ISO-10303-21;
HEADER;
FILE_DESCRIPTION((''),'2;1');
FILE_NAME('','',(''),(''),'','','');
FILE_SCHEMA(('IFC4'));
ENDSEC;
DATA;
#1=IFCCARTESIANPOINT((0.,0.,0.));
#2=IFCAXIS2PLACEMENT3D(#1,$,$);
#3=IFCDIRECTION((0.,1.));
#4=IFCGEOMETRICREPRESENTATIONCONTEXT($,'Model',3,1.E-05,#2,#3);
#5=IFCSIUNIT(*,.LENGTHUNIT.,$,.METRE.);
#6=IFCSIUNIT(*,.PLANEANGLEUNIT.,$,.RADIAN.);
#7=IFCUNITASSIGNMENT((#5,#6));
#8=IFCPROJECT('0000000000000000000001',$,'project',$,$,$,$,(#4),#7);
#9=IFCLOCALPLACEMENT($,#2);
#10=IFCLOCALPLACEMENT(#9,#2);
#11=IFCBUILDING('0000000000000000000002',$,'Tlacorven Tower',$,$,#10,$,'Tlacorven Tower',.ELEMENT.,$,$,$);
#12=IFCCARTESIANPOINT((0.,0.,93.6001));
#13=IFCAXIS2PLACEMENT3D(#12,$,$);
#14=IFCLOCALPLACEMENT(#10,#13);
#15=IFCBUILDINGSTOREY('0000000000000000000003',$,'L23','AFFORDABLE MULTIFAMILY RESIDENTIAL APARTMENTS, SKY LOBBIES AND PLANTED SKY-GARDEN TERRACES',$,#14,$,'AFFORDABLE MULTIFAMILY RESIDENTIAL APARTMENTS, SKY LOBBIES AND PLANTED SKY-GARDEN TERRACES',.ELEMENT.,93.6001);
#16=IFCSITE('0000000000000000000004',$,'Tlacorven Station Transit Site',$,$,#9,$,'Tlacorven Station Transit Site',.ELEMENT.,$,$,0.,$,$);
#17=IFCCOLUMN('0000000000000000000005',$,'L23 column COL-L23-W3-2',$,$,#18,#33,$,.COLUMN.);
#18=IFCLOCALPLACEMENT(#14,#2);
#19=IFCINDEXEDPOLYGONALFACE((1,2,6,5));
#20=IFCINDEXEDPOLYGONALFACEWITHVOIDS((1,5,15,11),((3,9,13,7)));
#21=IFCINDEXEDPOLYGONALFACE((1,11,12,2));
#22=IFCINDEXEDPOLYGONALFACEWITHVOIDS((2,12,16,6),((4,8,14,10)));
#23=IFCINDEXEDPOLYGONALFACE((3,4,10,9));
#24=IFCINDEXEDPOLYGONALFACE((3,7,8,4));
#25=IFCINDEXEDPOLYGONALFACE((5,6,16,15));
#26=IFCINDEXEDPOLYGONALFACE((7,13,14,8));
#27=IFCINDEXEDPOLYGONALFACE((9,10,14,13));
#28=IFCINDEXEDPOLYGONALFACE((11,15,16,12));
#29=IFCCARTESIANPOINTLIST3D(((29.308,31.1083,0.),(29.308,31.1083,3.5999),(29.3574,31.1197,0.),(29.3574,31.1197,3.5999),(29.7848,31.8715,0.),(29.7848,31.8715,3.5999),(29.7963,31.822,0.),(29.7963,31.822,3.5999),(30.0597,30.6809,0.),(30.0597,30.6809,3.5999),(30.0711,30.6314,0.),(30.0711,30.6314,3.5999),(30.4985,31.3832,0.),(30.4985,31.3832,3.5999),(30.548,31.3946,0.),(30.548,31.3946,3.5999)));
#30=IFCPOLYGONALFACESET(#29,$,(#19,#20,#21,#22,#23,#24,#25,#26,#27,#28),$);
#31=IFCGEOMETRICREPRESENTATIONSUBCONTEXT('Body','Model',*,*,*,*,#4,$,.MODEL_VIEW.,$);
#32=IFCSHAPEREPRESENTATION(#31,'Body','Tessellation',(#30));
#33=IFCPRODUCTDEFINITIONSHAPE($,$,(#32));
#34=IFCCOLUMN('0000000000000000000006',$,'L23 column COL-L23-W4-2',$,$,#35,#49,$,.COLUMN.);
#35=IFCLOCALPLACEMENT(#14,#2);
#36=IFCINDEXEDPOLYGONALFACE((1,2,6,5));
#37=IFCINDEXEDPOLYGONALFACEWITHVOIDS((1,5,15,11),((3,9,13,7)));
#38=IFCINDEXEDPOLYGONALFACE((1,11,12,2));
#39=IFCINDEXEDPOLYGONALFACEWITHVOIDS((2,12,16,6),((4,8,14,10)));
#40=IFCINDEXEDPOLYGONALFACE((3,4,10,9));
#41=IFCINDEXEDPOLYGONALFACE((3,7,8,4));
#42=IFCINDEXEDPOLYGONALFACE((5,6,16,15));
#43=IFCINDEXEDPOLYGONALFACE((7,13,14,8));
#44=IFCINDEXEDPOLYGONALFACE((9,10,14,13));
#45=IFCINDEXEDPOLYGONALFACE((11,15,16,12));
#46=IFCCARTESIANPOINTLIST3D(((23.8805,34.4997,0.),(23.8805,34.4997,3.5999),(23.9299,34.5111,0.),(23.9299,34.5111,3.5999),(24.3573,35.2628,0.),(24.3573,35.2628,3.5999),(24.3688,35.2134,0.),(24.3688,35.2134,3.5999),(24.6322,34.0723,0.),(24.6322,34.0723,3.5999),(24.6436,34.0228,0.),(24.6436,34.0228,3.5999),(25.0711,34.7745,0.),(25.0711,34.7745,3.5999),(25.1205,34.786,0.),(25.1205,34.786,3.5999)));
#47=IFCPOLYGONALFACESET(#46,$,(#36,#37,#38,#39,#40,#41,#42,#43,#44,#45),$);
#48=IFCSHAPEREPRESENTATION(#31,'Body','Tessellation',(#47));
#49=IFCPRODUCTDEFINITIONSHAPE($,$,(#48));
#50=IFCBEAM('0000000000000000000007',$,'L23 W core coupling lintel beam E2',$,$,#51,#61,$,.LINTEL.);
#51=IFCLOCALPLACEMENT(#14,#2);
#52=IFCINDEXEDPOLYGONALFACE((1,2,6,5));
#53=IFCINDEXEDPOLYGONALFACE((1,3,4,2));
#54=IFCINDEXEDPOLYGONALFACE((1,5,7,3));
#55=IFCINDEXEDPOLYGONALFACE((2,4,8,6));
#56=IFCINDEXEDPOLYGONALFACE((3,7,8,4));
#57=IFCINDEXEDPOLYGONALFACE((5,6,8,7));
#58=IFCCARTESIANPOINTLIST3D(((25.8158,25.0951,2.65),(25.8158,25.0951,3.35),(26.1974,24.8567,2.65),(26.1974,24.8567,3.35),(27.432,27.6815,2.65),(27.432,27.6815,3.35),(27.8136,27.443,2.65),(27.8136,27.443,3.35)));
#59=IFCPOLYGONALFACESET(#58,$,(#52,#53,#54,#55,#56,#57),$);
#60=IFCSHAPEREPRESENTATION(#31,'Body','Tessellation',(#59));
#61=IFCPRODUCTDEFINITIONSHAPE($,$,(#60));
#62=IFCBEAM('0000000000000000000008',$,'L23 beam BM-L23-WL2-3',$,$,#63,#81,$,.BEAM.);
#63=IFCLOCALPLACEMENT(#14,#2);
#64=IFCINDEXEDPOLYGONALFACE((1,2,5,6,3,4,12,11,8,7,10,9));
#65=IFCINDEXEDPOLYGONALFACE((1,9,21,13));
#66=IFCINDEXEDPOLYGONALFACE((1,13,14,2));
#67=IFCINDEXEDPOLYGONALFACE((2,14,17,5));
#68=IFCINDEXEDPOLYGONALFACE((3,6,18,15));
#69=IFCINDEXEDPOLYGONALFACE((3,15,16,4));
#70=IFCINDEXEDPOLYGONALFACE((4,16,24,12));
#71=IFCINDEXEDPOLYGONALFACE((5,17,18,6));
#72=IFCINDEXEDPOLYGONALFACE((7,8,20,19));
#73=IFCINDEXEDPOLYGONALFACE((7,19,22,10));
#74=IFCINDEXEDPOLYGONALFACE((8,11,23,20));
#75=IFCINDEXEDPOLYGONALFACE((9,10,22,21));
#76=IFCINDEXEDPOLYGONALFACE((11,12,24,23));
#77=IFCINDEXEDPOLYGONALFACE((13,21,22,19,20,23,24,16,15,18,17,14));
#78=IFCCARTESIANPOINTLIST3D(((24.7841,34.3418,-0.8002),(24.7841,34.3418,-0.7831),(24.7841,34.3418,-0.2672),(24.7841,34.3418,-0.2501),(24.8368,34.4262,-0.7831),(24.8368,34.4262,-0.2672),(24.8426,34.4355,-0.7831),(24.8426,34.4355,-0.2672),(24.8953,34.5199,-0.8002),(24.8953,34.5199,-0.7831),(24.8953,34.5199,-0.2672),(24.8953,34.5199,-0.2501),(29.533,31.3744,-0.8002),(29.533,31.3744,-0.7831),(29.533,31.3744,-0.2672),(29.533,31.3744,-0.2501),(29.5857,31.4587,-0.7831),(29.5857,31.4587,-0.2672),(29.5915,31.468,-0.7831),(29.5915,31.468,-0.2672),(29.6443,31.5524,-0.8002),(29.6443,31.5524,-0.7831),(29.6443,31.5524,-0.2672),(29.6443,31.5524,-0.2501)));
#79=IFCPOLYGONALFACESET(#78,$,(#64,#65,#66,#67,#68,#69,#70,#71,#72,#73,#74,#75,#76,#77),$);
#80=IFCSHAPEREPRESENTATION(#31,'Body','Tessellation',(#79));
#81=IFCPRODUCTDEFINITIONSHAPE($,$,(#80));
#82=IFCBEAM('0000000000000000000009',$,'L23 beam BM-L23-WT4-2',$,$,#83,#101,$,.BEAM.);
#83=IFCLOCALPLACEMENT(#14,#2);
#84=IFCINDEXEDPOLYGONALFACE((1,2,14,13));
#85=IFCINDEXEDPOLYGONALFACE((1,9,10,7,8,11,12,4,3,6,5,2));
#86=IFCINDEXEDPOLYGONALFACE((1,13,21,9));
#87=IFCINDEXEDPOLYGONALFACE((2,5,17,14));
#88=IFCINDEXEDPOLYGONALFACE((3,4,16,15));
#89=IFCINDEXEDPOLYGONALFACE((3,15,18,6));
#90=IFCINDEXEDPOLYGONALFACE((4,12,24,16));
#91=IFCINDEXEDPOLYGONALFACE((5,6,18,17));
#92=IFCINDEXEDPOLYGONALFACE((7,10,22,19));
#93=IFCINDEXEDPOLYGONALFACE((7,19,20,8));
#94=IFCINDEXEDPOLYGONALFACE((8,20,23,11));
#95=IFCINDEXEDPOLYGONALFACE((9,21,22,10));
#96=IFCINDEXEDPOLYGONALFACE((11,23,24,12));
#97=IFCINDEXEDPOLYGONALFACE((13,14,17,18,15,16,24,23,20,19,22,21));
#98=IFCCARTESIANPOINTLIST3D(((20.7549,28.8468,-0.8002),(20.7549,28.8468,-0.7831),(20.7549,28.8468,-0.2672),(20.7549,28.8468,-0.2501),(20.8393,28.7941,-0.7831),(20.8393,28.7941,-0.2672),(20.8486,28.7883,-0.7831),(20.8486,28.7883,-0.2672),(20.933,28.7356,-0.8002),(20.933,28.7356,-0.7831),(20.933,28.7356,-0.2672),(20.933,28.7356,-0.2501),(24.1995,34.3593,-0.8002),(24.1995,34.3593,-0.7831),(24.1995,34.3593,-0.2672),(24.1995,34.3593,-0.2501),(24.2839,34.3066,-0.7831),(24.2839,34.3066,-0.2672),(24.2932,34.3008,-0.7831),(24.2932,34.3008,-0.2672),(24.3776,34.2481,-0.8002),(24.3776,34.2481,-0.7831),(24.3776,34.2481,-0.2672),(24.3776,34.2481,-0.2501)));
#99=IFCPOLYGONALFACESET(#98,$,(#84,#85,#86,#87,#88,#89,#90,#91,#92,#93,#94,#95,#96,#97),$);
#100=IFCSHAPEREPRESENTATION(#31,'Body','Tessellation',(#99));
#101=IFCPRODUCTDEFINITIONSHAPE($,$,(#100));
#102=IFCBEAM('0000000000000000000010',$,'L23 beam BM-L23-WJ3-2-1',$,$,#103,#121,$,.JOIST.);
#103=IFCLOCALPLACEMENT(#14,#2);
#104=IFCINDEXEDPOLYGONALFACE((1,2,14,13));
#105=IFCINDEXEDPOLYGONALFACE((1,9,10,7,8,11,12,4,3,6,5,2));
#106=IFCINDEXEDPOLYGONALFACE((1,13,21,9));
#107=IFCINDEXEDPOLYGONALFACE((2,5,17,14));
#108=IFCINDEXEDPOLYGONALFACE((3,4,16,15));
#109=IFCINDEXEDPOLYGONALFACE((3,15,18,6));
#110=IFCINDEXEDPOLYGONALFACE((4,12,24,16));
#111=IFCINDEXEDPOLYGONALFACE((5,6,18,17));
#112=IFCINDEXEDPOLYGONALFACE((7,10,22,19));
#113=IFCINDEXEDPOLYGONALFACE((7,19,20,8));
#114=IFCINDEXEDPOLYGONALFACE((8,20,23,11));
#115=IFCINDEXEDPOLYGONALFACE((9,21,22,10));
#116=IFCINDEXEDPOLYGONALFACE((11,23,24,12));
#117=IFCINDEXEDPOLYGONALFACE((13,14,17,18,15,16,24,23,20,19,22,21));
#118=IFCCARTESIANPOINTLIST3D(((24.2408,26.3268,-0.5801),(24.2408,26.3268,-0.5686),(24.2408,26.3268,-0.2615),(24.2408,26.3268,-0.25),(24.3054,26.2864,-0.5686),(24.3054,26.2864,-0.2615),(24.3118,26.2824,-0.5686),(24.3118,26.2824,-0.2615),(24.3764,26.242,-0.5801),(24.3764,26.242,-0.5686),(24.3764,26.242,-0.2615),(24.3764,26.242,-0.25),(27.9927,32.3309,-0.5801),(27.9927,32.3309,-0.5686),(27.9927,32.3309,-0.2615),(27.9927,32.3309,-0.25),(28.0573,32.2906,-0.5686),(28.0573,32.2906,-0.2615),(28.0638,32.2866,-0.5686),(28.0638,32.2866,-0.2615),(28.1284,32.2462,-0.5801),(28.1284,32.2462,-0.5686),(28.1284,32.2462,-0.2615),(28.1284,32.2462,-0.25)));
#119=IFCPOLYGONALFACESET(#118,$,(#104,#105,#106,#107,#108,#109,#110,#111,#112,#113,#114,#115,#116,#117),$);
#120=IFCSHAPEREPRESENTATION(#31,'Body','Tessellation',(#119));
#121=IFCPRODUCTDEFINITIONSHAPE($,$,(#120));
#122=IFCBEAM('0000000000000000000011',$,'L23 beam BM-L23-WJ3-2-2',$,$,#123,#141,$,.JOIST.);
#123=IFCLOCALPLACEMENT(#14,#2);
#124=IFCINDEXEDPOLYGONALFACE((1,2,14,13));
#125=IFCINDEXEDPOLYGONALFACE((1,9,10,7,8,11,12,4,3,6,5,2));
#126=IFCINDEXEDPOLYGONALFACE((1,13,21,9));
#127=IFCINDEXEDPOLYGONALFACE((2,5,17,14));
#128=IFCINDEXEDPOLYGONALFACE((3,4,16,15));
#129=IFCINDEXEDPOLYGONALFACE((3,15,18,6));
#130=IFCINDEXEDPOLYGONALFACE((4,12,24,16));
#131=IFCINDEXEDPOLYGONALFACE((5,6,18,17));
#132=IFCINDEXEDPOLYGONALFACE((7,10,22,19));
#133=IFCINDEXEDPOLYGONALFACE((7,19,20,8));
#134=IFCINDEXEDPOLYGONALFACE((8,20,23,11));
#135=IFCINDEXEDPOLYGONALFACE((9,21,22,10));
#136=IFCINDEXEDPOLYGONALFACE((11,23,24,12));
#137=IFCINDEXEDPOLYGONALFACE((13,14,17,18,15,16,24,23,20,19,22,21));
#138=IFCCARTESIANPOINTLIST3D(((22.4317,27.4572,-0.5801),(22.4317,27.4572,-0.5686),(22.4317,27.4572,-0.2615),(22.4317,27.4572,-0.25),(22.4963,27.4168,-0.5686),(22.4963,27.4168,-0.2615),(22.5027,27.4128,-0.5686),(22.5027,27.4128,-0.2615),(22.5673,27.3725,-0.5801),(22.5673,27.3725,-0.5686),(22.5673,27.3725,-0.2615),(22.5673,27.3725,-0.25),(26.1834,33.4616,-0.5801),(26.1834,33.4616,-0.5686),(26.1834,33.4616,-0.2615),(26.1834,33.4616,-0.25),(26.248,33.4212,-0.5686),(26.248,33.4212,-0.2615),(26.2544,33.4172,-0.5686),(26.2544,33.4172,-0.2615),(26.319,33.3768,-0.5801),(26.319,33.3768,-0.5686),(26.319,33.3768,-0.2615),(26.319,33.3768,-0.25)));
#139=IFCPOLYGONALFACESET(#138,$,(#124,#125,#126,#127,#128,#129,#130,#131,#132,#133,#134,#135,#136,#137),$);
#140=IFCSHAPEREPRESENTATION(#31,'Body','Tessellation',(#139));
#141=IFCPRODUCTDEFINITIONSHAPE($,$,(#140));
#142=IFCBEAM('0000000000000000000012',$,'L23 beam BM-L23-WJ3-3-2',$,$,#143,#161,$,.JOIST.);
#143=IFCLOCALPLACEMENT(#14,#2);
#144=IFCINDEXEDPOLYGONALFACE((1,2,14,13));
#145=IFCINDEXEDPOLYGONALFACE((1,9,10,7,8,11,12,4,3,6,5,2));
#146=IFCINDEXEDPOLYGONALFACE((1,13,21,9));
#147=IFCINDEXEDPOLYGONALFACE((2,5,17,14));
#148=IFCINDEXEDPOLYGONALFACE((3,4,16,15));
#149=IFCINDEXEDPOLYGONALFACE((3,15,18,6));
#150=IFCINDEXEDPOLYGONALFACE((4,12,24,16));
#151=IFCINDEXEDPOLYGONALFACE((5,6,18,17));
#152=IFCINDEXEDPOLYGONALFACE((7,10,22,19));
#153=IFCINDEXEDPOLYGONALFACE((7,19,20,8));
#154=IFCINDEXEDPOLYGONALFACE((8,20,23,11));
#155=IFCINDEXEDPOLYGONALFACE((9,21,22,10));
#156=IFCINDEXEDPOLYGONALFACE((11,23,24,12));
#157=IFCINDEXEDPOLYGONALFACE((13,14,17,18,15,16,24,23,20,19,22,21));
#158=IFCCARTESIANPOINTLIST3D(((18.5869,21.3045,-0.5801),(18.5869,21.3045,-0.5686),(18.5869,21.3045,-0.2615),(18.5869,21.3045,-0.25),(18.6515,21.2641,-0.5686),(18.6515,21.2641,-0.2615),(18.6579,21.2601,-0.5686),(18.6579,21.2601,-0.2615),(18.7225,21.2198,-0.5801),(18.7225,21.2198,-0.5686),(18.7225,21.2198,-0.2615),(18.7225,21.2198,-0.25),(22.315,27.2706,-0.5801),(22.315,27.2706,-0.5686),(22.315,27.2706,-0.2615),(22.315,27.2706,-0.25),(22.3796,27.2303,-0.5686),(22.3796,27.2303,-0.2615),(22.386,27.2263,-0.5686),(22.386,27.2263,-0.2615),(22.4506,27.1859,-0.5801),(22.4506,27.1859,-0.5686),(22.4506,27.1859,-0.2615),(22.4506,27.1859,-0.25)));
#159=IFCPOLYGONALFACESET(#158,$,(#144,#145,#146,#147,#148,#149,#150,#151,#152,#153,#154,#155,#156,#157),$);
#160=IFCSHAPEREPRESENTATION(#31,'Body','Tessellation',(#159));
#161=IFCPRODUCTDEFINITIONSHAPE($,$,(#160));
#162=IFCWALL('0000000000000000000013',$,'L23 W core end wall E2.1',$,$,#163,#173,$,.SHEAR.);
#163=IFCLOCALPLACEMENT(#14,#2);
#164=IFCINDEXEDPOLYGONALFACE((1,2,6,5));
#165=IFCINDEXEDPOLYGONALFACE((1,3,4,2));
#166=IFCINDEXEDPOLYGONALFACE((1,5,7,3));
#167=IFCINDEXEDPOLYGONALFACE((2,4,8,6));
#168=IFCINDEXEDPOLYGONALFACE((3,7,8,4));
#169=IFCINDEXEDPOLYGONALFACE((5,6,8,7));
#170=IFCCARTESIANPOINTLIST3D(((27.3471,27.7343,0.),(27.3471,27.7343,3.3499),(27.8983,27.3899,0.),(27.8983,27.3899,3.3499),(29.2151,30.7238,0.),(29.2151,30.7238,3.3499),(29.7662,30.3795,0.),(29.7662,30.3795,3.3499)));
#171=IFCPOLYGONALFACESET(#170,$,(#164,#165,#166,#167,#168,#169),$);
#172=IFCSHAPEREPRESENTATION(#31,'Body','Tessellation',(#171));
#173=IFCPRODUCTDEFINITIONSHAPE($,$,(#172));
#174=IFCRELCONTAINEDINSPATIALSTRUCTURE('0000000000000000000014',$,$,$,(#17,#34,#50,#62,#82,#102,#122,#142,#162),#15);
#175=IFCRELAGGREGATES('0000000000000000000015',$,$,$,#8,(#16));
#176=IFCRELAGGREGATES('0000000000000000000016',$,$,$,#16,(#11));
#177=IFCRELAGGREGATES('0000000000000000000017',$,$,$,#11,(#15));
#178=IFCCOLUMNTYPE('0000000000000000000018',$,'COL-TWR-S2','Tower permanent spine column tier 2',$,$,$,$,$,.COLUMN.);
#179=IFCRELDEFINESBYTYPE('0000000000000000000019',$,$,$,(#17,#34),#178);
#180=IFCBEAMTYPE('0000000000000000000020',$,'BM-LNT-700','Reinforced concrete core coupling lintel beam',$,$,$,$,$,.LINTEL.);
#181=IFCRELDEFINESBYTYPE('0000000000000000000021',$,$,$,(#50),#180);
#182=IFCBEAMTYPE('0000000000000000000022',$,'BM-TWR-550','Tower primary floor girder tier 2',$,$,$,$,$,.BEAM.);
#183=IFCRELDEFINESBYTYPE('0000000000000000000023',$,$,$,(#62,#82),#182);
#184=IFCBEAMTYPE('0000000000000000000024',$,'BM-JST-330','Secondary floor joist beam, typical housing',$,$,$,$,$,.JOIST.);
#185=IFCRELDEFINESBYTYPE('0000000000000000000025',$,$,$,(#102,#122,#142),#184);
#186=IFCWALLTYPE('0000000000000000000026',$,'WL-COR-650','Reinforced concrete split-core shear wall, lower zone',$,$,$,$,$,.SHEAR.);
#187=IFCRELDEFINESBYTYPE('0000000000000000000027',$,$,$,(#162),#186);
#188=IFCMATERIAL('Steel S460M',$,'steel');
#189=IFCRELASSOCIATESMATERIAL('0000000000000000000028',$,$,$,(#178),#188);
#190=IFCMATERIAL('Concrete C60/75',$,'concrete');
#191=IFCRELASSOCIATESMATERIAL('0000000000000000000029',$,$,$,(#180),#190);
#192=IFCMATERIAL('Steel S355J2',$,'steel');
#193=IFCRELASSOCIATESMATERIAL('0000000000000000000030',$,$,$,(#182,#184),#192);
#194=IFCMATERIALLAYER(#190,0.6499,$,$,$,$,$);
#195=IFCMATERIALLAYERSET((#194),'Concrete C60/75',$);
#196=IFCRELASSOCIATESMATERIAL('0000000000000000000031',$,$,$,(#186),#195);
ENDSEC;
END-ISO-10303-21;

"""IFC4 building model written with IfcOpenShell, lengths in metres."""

from ifc_helpers import new_model, si_unit, direction, frame, frame_2d, origin, origin_2d, place, context, subcontext, project, spatial, rectangle, hollow_rectangle, i_section, extrude, source, transform, mapped, material, layer, layer_set, material_profile, profile_set, type_object, element, save


model = new_model("IFC4")

# Units and contexts
model_context = context("Model", 3, precision=1e-05, world=origin(), true_north=direction((0.0, 1.0)))
body_context = subcontext(model_context, "Body", "Model", "MODEL_VIEW")
ifc_project = project(units=[si_unit("LENGTHUNIT", "METRE"), si_unit("PLANEANGLEUNIT", "RADIAN")], contexts=[model_context])

# Site, building, storey
site_placement = place(None, origin())
site = spatial("IfcSite", under=ifc_project, at=site_placement, Name="Tlacorven Station Transit Site", LongName="Tlacorven Station Transit Site", CompositionType="ELEMENT", RefElevation=0.0)
building_placement = place(site_placement, origin())
building = spatial("IfcBuilding", under=site, at=building_placement, Name="Tlacorven Tower", LongName="Tlacorven Tower", CompositionType="ELEMENT")
storey_placement = place(building_placement, frame((0.0, 0.0, 93.6001)))
storey = spatial("IfcBuildingStorey", under=building, at=storey_placement, Name="L23", Description="AFFORDABLE MULTIFAMILY RESIDENTIAL APARTMENTS, SKY LOBBIES AND PLANTED SKY-GARDEN TERRACES", LongName="AFFORDABLE MULTIFAMILY RESIDENTIAL APARTMENTS, SKY LOBBIES AND PLANTED SKY-GARDEN TERRACES", CompositionType="ELEMENT", Elevation=93.6001)

# Columns
ifc_material_1 = material(Name="Steel S460M", Category="steel")
ifc_material_profile_1 = material_profile(ifc_material_1, hollow_rectangle(XDim=0.8999, YDim=0.8999, WallThickness=0.0359, at=origin_2d()), Name="BOX 900X900X36")
ifc_profile_set_1 = profile_set([ifc_material_profile_1], Name="Steel S460M")
column_type = type_object("IfcColumnType", Name="COL-TWR-S2", Description="Tower permanent spine column tier 2", PredefinedType="COLUMN", material=ifc_profile_set_1)
shared_shape_1 = source(origin(), body_context, "Body", "SweptSolid", [
    extrude(hollow_rectangle(XDim=0.8999, YDim=0.8999, WallThickness=0.0359, at=origin_2d()), origin(), (0.0, 0.0, 1.0), 3.5999),
])
for number, where, z_axis, x_axis, name in (
    (1, (29.928, 31.2515, 0.0), (0.0, 0.0, 1.0), (-0.848048, 0.529919, 0.0), "L23 column COL-L23-W3-2"),
    (2, (24.5005, 34.6428, 0.0), (0.0, 0.0, 1.0), (-0.848048, 0.529919, 0.0), "L23 column COL-L23-W4-2"),
):
    element("IfcColumn", number, at=place(storey_placement, frame(where, z_axis=z_axis, x_axis=x_axis)), inside=storey, type_object=column_type, Name=name, PredefinedType="COLUMN", context=body_context, shape_type="MappedRepresentation", body=[
        mapped(shared_shape_1, transform((0.0, 0.0, 0.0), scale=1.0)),
    ])

# Beams
ifc_material_2 = material(Name="Concrete C60/75", Category="concrete")
ifc_material_profile_2 = material_profile(ifc_material_2, rectangle(XDim=0.45, YDim=0.7, at=origin_2d()), Name="RC 450X700")
ifc_profile_set_2 = profile_set([ifc_material_profile_2], Name="Concrete C60/75")
beam_type_1 = type_object("IfcBeamType", Name="BM-LNT-700", Description="Reinforced concrete core coupling lintel beam", PredefinedType="LINTEL", material=ifc_profile_set_2)
shared_shape_2 = source(origin(), body_context, "Body", "SweptSolid", [
    extrude(rectangle(XDim=0.45, YDim=0.7, at=origin_2d()), origin(), (0.0, 0.0, 1.0), 3.0498),
])
beam_1_placement = place(storey_placement, frame((27.6228, 27.5623, 3.0), z_axis=(-0.529927, -0.848043, 0.0), x_axis=(0.848043, -0.529927, 0.0)))
element("IfcBeam", 3, at=beam_1_placement, inside=storey, type_object=beam_type_1, Name="L23 W core coupling lintel beam E2", PredefinedType="LINTEL", context=body_context, shape_type="MappedRepresentation", body=[
    mapped(shared_shape_2, transform((0.0, 0.0, 0.0), scale=1.0)),
])
ifc_material_3 = material(Name="Steel S355J2", Category="steel")
ifc_material_profile_3 = material_profile(ifc_material_3, i_section(OverallWidth=0.21, OverallDepth=0.55, WebThickness=0.011, FlangeThickness=0.0171, at=origin_2d()), Name="IPE 550")
ifc_profile_set_3 = profile_set([ifc_material_profile_3], Name="Steel S355J2")
beam_type_2 = type_object("IfcBeamType", Name="BM-TWR-550", Description="Tower primary floor girder tier 2", PredefinedType="BEAM", material=ifc_profile_set_3)
shared_shape_3 = source(origin(), body_context, "Body", "SweptSolid", [
    extrude(i_section(OverallWidth=0.21, OverallDepth=0.55, WebThickness=0.011, FlangeThickness=0.0171, at=origin_2d()), origin(), (0.0, 0.0, 1.0), 5.5999),
])
beam_2_placement = place(storey_placement, frame((29.5886, 31.4634, -0.5251), z_axis=(-0.848047, 0.529921, 0.0), x_axis=(-0.529921, -0.848047, 0.0)))
element("IfcBeam", 4, at=beam_2_placement, inside=storey, type_object=beam_type_2, Name="L23 beam BM-L23-WL2-3", PredefinedType="BEAM", context=body_context, shape_type="MappedRepresentation", body=[
    mapped(shared_shape_3, transform((0.0, 0.0, 0.0), scale=1.0)),
])
shared_shape_4 = source(origin(), body_context, "Body", "SweptSolid", [
    extrude(i_section(OverallWidth=0.21, OverallDepth=0.55, WebThickness=0.011, FlangeThickness=0.0171, at=origin_2d()), origin(), (0.0, 0.0, 1.0), 6.5002),
])
beam_3_placement = place(storey_placement, frame((24.2886, 34.3037, -0.5251), z_axis=(-0.529921, -0.848047, 0.0), x_axis=(0.848047, -0.529921, 0.0)))
element("IfcBeam", 5, at=beam_3_placement, inside=storey, type_object=beam_type_2, Name="L23 beam BM-L23-WT4-2", PredefinedType="BEAM", context=body_context, shape_type="MappedRepresentation", body=[
    mapped(shared_shape_4, transform((0.0, 0.0, 0.0), scale=1.0)),
])
ifc_material_profile_4 = material_profile(ifc_material_3, i_section(OverallWidth=0.1599, OverallDepth=0.3301, WebThickness=0.0076, FlangeThickness=0.0115, at=origin_2d()), Name="IPE 330")
ifc_profile_set_4 = profile_set([ifc_material_profile_4], Name="Steel S355J2")
beam_type_3 = type_object("IfcBeamType", Name="BM-JST-330", Description="Secondary floor joist beam, typical housing", PredefinedType="JOIST", material=ifc_profile_set_4)
shared_shape_5 = source(origin(), body_context, "Body", "SweptSolid", [
    extrude(i_section(OverallWidth=0.1599, OverallDepth=0.3301, WebThickness=0.0076, FlangeThickness=0.0115, at=origin_2d()), origin(), (0.0, 0.0, 1.0), 7.0801),
])
for number, where, z_axis, x_axis, name in (
    (6, (28.0605, 32.2886, -0.415), (-0.529934, -0.848039, 0.0), (0.848039, -0.529934, 0.0), "L23 beam BM-L23-WJ3-2-1"),
    (7, (26.2512, 33.4192, -0.415), (-0.529894, -0.848064, 0.0), (0.848064, -0.529894, 0.0), "L23 beam BM-L23-WJ3-2-2"),
):
    element("IfcBeam", number, at=place(storey_placement, frame(where, z_axis=z_axis, x_axis=x_axis)), inside=storey, type_object=beam_type_3, Name=name, PredefinedType="JOIST", context=body_context, shape_type="MappedRepresentation", body=[
        mapped(shared_shape_5, transform((0.0, 0.0, 0.0), scale=1.0)),
    ])
shared_shape_6 = source(origin(), body_context, "Body", "SweptSolid", [
    extrude(i_section(OverallWidth=0.1599, OverallDepth=0.3301, WebThickness=0.0076, FlangeThickness=0.0115, at=origin_2d()), origin(), (0.0, 0.0, 1.0), 7.0352),
])
beam_4_placement = place(storey_placement, frame((22.3828, 27.2283, -0.415), z_axis=(-0.529921, -0.848047, 0.0), x_axis=(0.848047, -0.529921, 0.0)))
element("IfcBeam", 8, at=beam_4_placement, inside=storey, type_object=beam_type_3, Name="L23 beam BM-L23-WJ3-3-2", PredefinedType="JOIST", context=body_context, shape_type="MappedRepresentation", body=[
    mapped(shared_shape_6, transform((0.0, 0.0, 0.0), scale=1.0)),
])

# Wall
ifc_layer_1 = layer(ifc_material_2, 0.6499)
ifc_layer_set_1 = layer_set([ifc_layer_1], Name="Concrete C60/75")
wall_type_1 = type_object("IfcWallType", Name="WL-COR-650", Description="Reinforced concrete split-core shear wall, lower zone", PredefinedType="SHEAR", material=ifc_layer_set_1)
wall_1_placement = place(storey_placement, frame((29.4907, 30.5518, 0.0), z_axis=(0.0, 0.0, 1.0), x_axis=(-0.529893, -0.848064, 0.0)))
element("IfcWall", 9, at=wall_1_placement, inside=storey, type_object=wall_type_1, Name="L23 W core end wall E2.1", PredefinedType="SHEAR", context=body_context, shape_type="SweptSolid", body=[
    extrude(rectangle(XDim=3.5251, YDim=0.6499, at=frame_2d((1.7627, 0.0))), origin(), (0.0, 0.0, 1.0), 3.3499),
])

save(model, "model.ifc")
